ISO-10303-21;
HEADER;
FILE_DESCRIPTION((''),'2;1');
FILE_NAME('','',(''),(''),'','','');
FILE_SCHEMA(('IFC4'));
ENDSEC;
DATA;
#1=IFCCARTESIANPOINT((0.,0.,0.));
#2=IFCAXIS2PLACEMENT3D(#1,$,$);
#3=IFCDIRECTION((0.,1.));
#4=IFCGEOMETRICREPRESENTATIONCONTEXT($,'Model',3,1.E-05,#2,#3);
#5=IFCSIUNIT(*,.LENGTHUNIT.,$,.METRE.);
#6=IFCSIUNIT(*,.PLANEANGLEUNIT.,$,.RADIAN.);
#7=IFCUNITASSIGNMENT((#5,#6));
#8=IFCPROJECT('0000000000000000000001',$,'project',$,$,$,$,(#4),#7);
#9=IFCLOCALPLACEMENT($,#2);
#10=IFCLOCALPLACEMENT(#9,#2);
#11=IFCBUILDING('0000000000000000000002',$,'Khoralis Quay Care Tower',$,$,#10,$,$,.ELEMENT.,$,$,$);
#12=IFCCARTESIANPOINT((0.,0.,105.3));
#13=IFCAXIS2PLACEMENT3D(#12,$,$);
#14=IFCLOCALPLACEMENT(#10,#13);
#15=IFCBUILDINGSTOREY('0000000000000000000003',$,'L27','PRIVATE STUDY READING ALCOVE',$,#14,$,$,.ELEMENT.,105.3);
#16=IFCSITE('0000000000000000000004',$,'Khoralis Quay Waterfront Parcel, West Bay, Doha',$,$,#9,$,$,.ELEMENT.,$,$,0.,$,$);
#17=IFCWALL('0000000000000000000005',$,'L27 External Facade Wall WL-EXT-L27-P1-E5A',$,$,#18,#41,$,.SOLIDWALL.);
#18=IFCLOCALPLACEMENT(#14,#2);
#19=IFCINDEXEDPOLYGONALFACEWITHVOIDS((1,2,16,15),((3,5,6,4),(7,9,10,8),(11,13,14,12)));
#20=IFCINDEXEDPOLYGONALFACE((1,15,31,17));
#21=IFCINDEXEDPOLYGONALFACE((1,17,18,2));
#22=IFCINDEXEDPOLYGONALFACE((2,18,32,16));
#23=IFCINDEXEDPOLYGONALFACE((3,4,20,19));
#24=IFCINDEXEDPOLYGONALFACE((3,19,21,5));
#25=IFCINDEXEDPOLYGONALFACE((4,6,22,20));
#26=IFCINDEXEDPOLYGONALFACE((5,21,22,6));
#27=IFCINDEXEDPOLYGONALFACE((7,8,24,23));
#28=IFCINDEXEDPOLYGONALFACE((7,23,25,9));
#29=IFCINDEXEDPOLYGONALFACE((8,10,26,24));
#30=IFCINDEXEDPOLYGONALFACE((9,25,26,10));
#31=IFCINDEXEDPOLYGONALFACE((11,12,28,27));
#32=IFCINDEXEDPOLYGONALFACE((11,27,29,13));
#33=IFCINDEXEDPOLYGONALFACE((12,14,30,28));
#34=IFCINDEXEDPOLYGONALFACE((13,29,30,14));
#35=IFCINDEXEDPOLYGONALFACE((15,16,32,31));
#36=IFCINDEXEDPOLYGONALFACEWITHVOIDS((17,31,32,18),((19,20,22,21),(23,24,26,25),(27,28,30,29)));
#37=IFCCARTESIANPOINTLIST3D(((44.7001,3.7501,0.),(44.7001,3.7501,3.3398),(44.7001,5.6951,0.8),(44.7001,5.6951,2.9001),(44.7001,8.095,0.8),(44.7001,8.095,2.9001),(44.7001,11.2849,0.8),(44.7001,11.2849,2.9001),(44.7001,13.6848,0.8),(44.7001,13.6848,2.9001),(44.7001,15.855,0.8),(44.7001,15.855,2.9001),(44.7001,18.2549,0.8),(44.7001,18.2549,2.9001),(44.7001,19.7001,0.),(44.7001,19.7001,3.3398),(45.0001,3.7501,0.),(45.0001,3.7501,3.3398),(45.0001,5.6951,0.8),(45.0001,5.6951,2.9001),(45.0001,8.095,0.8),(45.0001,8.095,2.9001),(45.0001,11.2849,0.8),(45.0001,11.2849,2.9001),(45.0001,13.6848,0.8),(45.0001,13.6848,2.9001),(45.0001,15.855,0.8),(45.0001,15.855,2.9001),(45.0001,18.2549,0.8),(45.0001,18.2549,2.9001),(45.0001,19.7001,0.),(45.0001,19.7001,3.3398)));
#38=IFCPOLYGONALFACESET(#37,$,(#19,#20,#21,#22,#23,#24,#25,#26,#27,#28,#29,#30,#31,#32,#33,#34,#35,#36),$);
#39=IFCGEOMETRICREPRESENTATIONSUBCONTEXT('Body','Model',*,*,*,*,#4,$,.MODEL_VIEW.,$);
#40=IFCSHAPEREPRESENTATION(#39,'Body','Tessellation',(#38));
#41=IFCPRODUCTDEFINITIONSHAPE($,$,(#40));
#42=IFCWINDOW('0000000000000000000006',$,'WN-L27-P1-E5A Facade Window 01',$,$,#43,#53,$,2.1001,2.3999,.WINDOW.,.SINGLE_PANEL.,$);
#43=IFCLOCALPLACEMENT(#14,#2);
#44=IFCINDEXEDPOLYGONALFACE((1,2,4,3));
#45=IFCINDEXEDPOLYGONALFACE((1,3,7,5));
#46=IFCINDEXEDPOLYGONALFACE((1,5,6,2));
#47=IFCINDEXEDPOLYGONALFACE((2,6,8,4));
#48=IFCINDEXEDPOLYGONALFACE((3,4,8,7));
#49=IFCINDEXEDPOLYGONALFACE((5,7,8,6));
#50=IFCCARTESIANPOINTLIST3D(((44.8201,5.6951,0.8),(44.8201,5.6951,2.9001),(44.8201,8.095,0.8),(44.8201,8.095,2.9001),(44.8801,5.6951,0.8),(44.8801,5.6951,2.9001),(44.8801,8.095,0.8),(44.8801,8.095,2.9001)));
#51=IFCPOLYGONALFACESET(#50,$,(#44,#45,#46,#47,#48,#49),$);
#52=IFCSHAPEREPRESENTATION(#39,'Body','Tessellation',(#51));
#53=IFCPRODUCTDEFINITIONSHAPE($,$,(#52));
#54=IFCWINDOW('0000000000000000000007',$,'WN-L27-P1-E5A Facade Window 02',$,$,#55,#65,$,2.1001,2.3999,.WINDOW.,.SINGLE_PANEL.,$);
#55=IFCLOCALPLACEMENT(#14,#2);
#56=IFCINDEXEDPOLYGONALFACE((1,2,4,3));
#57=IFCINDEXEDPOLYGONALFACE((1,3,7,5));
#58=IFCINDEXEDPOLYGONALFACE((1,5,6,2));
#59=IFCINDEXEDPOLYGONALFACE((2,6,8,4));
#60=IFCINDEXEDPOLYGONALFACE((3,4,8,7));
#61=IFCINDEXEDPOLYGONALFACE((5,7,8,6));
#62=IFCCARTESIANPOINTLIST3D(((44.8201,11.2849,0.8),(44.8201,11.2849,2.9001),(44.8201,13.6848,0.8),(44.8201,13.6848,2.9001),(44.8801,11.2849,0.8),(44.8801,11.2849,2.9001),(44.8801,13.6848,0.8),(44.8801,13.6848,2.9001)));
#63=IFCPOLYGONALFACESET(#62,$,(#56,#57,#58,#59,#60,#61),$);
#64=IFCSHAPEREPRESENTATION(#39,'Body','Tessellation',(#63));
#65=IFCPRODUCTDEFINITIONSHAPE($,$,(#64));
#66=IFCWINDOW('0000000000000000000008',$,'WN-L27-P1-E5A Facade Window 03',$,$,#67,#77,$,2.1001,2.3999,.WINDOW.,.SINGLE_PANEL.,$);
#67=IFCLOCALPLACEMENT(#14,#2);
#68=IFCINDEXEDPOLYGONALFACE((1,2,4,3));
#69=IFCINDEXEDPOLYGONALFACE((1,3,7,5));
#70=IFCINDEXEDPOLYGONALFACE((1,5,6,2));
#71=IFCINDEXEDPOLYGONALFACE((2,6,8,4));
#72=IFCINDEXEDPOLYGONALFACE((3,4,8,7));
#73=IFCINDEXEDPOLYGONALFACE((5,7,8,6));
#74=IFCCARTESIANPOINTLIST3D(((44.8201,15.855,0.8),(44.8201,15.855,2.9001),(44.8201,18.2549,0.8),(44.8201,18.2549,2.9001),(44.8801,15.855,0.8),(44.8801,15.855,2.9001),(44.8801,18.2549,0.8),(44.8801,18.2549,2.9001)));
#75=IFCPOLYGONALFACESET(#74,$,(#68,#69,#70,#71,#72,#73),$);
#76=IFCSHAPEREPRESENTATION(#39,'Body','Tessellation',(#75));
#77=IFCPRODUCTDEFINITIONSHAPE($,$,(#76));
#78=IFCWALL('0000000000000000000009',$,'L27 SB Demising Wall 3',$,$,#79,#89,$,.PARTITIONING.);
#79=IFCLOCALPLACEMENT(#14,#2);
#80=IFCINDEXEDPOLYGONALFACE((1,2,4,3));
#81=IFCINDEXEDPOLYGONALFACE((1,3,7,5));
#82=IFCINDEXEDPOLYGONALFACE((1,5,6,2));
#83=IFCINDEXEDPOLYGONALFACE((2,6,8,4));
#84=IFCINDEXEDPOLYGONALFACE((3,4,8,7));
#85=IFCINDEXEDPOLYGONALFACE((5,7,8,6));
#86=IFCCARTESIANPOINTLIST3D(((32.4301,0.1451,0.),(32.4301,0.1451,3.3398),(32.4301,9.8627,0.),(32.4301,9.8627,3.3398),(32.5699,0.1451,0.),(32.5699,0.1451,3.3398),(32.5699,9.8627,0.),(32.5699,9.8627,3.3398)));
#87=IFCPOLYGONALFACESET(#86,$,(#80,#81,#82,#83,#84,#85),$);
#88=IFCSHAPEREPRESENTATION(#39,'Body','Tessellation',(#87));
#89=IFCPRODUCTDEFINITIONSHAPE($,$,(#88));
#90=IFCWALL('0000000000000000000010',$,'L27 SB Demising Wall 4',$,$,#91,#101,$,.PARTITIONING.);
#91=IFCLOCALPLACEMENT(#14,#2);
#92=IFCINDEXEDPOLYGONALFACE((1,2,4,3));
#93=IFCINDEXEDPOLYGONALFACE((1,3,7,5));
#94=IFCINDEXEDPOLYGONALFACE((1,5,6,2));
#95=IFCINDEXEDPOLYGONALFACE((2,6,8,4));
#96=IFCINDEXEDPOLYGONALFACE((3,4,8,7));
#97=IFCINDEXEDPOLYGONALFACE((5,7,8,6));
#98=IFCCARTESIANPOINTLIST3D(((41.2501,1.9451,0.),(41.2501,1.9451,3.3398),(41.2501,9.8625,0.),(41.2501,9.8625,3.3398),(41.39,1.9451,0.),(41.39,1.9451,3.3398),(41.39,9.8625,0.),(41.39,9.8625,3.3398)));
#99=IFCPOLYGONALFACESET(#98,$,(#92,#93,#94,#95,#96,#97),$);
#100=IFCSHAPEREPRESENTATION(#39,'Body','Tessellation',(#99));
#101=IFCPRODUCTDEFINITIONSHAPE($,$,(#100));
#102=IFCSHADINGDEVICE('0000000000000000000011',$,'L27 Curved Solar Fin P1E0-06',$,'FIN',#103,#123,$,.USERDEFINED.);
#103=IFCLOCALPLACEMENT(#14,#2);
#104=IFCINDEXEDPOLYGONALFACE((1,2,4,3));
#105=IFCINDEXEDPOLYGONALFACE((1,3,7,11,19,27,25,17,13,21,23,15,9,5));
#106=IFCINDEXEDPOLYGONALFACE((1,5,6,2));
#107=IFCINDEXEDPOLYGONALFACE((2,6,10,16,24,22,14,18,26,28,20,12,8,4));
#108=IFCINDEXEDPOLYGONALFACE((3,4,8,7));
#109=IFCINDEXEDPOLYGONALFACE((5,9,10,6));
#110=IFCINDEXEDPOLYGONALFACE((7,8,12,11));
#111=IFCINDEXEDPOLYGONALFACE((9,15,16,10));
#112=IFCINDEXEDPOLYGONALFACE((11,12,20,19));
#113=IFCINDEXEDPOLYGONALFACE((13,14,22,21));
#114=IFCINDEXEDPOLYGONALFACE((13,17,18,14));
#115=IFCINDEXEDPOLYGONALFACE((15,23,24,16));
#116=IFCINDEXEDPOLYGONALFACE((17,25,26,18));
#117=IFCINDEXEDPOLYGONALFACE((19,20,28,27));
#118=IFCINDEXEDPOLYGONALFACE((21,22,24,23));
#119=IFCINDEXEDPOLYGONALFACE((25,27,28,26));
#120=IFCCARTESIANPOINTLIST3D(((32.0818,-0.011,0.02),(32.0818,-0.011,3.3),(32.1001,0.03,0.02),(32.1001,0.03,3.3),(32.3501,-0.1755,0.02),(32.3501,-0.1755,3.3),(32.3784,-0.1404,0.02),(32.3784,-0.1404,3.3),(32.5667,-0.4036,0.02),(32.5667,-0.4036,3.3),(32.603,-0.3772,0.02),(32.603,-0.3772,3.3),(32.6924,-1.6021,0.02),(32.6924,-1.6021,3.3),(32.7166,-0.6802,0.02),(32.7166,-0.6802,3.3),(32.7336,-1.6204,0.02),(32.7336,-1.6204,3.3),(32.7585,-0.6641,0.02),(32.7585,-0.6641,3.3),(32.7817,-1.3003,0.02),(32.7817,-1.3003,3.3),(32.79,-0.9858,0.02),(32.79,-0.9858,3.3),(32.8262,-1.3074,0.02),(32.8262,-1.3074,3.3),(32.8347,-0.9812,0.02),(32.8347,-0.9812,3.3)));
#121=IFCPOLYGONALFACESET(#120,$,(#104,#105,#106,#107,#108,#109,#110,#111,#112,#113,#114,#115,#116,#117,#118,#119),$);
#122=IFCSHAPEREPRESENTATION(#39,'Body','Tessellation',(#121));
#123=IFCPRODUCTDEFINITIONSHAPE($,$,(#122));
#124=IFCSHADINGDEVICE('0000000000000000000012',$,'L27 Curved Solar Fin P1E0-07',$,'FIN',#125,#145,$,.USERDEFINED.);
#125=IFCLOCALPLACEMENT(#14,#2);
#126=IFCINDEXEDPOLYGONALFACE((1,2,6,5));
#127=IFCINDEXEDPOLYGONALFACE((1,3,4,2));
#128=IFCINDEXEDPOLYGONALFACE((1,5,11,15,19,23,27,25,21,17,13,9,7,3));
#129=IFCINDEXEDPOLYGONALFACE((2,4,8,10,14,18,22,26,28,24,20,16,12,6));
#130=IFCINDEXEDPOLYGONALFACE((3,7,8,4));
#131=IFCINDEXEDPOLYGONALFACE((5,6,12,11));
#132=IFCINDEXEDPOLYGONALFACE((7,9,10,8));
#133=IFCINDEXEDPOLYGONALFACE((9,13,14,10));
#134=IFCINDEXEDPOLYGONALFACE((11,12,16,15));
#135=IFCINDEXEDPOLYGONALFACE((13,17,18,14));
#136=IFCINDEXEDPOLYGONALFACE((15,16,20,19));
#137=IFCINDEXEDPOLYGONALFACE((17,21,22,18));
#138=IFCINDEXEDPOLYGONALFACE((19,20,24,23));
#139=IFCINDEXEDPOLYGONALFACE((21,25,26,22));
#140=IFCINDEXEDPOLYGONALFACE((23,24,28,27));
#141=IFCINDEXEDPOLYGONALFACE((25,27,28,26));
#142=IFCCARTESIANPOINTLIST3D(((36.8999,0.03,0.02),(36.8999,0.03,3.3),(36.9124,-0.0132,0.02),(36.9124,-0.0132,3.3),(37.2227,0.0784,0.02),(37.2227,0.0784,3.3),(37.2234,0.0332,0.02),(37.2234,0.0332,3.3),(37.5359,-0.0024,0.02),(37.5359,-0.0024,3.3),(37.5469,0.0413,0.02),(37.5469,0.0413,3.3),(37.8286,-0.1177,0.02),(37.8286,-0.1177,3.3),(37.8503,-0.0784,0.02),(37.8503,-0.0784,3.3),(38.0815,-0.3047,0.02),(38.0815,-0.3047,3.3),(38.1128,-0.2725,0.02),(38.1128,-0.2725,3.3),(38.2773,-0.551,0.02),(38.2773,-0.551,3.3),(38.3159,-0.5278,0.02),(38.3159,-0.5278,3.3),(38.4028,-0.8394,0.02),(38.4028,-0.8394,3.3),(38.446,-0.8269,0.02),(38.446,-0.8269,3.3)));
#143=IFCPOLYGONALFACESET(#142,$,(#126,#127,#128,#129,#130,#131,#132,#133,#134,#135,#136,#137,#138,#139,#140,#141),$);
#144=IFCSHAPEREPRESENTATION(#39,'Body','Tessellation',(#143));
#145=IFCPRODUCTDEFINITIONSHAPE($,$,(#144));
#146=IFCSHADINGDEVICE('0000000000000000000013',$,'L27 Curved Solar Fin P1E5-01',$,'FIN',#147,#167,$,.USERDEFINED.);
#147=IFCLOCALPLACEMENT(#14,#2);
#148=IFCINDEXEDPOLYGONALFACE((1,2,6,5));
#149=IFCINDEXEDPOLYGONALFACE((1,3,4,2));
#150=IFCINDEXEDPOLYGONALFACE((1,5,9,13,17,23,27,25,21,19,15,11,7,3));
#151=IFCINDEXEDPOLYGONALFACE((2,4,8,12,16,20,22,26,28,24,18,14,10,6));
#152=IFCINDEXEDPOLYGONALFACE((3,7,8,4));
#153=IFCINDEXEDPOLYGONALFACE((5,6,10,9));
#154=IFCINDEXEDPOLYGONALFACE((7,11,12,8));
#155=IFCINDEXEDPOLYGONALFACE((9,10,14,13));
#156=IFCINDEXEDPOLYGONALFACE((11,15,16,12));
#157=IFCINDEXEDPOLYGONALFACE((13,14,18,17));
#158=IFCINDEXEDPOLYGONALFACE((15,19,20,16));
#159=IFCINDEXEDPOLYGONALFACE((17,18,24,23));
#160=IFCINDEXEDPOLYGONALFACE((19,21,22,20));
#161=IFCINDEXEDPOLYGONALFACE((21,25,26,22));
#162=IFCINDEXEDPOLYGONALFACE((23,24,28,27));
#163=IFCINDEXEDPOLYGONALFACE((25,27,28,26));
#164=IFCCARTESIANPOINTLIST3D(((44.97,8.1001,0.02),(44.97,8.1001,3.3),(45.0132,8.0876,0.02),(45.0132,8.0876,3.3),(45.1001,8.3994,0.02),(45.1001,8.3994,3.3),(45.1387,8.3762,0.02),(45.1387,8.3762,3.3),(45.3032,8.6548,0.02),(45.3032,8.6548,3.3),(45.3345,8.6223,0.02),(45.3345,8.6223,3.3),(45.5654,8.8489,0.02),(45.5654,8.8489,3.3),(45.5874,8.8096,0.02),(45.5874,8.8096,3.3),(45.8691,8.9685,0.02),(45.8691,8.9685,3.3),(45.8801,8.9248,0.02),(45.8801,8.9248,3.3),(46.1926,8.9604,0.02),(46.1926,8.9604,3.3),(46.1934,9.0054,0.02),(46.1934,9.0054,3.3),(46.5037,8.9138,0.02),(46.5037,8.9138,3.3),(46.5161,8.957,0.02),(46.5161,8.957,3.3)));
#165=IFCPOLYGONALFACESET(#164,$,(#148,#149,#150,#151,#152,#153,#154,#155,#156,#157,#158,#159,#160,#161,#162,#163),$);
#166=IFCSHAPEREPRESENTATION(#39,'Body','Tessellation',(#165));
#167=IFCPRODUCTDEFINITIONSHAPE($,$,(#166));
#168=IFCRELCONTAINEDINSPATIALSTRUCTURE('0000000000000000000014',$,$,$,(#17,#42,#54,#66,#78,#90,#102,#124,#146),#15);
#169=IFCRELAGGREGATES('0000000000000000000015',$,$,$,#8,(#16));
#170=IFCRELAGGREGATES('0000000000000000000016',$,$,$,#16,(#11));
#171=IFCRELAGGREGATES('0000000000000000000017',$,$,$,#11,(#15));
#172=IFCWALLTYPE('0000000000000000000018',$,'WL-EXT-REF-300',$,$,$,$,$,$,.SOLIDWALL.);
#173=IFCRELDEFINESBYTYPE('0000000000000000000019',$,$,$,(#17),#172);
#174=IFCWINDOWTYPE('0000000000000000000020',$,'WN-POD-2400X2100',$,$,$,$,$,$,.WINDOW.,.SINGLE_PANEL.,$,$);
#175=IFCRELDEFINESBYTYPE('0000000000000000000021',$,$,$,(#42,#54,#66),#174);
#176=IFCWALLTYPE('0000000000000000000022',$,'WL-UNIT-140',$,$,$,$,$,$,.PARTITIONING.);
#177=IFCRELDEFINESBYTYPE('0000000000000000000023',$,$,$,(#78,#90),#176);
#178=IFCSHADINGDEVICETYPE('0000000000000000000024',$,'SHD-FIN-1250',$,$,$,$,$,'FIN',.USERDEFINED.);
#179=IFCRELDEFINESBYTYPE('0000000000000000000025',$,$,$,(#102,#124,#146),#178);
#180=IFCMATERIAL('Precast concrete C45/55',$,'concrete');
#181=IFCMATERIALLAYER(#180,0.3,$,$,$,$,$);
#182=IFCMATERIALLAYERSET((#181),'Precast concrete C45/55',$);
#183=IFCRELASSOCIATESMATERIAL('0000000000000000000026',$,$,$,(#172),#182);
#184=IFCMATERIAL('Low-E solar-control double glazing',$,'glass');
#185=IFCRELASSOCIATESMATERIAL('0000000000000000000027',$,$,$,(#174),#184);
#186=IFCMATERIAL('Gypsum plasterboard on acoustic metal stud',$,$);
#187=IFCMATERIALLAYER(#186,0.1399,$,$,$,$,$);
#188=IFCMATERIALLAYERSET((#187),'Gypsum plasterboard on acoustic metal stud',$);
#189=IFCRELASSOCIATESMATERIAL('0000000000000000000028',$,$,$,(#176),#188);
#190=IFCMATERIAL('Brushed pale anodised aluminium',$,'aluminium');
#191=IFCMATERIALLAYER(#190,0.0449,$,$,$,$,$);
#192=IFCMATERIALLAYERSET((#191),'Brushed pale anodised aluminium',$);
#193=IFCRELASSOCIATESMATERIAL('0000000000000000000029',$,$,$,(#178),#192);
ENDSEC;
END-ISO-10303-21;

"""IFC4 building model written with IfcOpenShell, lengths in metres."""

from ifc_helpers import new_model, si_unit, direction, frame, frame_2d, origin, place, context, subcontext, project, spatial, polyline, rectangle, outline, extrude, source, transform, mapped, material, layer, layer_set, type_object, element, fill, save


model = new_model("IFC4")

# Units and contexts
model_context = context("Model", 3, precision=1e-05, world=origin(), true_north=direction((0.0, 1.0)))
body_context = subcontext(model_context, "Body", "Model", "MODEL_VIEW")
ifc_project = project(units=[si_unit("LENGTHUNIT", "METRE"), si_unit("PLANEANGLEUNIT", "RADIAN")], contexts=[model_context])

# Site, building, storey
site_placement = place(None, origin())
site = spatial("IfcSite", under=ifc_project, at=site_placement, Name="Khoralis Quay Waterfront Parcel, West Bay, Doha", CompositionType="ELEMENT", RefElevation=0.0)
building_placement = place(site_placement, origin())
building = spatial("IfcBuilding", under=site, at=building_placement, Name="Khoralis Quay Care Tower", CompositionType="ELEMENT")
storey_placement = place(building_placement, frame((0.0, 0.0, 105.3)))
storey = spatial("IfcBuildingStorey", under=building, at=storey_placement, Name="L27", Description="PRIVATE STUDY READING ALCOVE", CompositionType="ELEMENT", Elevation=105.3)

# Shared definitions
ifc_material_1 = material(Name="Gypsum plasterboard on acoustic metal stud")

# Shared definitions
ifc_material_2 = material(Name="Precast concrete C45/55", Category="concrete")
ifc_layer_1 = layer(ifc_material_2, 0.3)
ifc_layer_set_1 = layer_set([ifc_layer_1], Name="Precast concrete C45/55")
wall_type_1 = type_object("IfcWallType", Name="WL-EXT-REF-300", PredefinedType="SOLIDWALL", material=ifc_layer_set_1)

# Wall, openings, windows
wall_1_placement = place(storey_placement, frame((44.8501, 3.75, 0.0), z_axis=(0.0, 0.0, 1.0), x_axis=(0.0, 1.0, 0.0)))
wall_1 = element("IfcWall", 1, at=wall_1_placement, inside=storey, type_object=wall_type_1, Name="L27 External Facade Wall WL-EXT-L27-P1-E5A", PredefinedType="SOLIDWALL", context=body_context, shape_type="SweptSolid", body=[
    extrude(rectangle(XDim=15.95, YDim=0.3, at=frame_2d((7.9751, 0.0))), origin(), (0.0, 0.0, 1.0), 3.3398),
])
opening_1_placement = place(wall_1_placement, frame((1.9451, 0.0, 0.8)))
opening_1 = element("IfcOpeningElement", 2, at=opening_1_placement, cuts=wall_1, PredefinedType="OPENING", context=body_context, shape_type="SweptSolid", body=[
    extrude(rectangle(XDim=2.3999, YDim=2.1001, at=frame_2d((1.2, 1.05))), frame((0.0, 0.1602, 0.0), z_axis=(0.0, -1.0, 0.0), x_axis=(1.0, 0.0, 0.0)), (0.0, 0.0, 1.0), 0.3201),
])
opening_2_placement = place(wall_1_placement, frame((7.5349, 0.0, 0.8)))
opening_2 = element("IfcOpeningElement", 3, at=opening_2_placement, cuts=wall_1, PredefinedType="OPENING", context=body_context, shape_type="SweptSolid", body=[
    extrude(rectangle(XDim=2.3999, YDim=2.1001, at=frame_2d((1.2, 1.05))), frame((0.0, 0.1602, 0.0), z_axis=(0.0, -1.0, 0.0), x_axis=(1.0, 0.0, 0.0)), (0.0, 0.0, 1.0), 0.3201),
])
opening_3_placement = place(wall_1_placement, frame((12.105, 0.0, 0.8)))
opening_3 = element("IfcOpeningElement", 4, at=opening_3_placement, cuts=wall_1, PredefinedType="OPENING", context=body_context, shape_type="SweptSolid", body=[
    extrude(rectangle(XDim=2.3999, YDim=2.1001, at=frame_2d((1.2, 1.05))), frame((0.0, 0.1602, 0.0), z_axis=(0.0, -1.0, 0.0), x_axis=(1.0, 0.0, 0.0)), (0.0, 0.0, 1.0), 0.3201),
])
ifc_material_3 = material(Name="Low-E solar-control double glazing", Category="glass")
window_type = type_object("IfcWindowType", Name="WN-POD-2400X2100", PartitioningType="SINGLE_PANEL", PredefinedType="WINDOW", material=ifc_material_3)
shared_shape_1 = source(origin(), body_context, "Body", "SweptSolid", [
    extrude(rectangle(XDim=2.3999, YDim=2.1001, at=frame_2d((1.2, 1.05))), frame((0.0, 0.03, 0.0), z_axis=(0.0, -1.0, 0.0), x_axis=(1.0, 0.0, 0.0)), (0.0, 0.0, 1.0), 0.0601),
])
window_1_placement = place(opening_1_placement, origin())
window_1 = element("IfcWindow", 5, at=window_1_placement, inside=storey, type_object=window_type, Name="WN-L27-P1-E5A Facade Window 01", OverallHeight=2.1001, OverallWidth=2.3999, PartitioningType="SINGLE_PANEL", PredefinedType="WINDOW", context=body_context, shape_type="MappedRepresentation", body=[
    mapped(shared_shape_1, transform((0.0, 0.0, 0.0), scale=1.0)),
])
fill(opening_1, window_1)
window_2_placement = place(opening_2_placement, origin())
window_2 = element("IfcWindow", 6, at=window_2_placement, inside=storey, type_object=window_type, Name="WN-L27-P1-E5A Facade Window 02", OverallHeight=2.1001, OverallWidth=2.3999, PartitioningType="SINGLE_PANEL", PredefinedType="WINDOW", context=body_context, shape_type="MappedRepresentation", body=[
    mapped(shared_shape_1, transform((0.0, 0.0, 0.0), scale=1.0)),
])
fill(opening_2, window_2)
window_3_placement = place(opening_3_placement, origin())
window_3 = element("IfcWindow", 7, at=window_3_placement, inside=storey, type_object=window_type, Name="WN-L27-P1-E5A Facade Window 03", OverallHeight=2.1001, OverallWidth=2.3999, PartitioningType="SINGLE_PANEL", PredefinedType="WINDOW", context=body_context, shape_type="MappedRepresentation", body=[
    mapped(shared_shape_1, transform((0.0, 0.0, 0.0), scale=1.0)),
])
fill(opening_3, window_3)

# Walls
ifc_layer_2 = layer(ifc_material_1, 0.1399)
ifc_layer_set_2 = layer_set([ifc_layer_2], Name="Gypsum plasterboard on acoustic metal stud")
wall_type_2 = type_object("IfcWallType", Name="WL-UNIT-140", PredefinedType="PARTITIONING", material=ifc_layer_set_2)
wall_2_placement = place(storey_placement, frame((32.5, 0.145, 0.0), z_axis=(0.0, 0.0, 1.0), x_axis=(0.0, 1.0, 0.0)))
element("IfcWall", 8, at=wall_2_placement, inside=storey, type_object=wall_type_2, Name="L27 SB Demising Wall 3", PredefinedType="PARTITIONING", context=body_context, shape_type="SweptSolid", body=[
    extrude(rectangle(XDim=9.7175, YDim=0.1399, at=frame_2d((4.8589, 0.0))), origin(), (0.0, 0.0, 1.0), 3.3398),
])
wall_3_placement = place(storey_placement, frame((41.3201, 1.9451, 0.0), z_axis=(0.0, 0.0, 1.0), x_axis=(0.0, 1.0, 0.0)))
element("IfcWall", 9, at=wall_3_placement, inside=storey, type_object=wall_type_2, Name="L27 SB Demising Wall 4", PredefinedType="PARTITIONING", context=body_context, shape_type="SweptSolid", body=[
    extrude(rectangle(XDim=7.9175, YDim=0.1399, at=frame_2d((3.9587, 0.0))), origin(), (0.0, 0.0, 1.0), 3.3398),
])

# Shading devices
ifc_material_4 = material(Name="Brushed pale anodised aluminium", Category="aluminium")
ifc_layer_3 = layer(ifc_material_4, 0.0449)
ifc_layer_set_3 = layer_set([ifc_layer_3], Name="Brushed pale anodised aluminium")
shading_device_type = type_object("IfcShadingDeviceType", Name="SHD-FIN-1250", ElementType="FIN", PredefinedType="USERDEFINED", material=ifc_layer_set_3)
shared_shape_2 = source(origin(), body_context, "Body", "SweptSolid", [
    extrude(outline(polyline([(0.0, 0.0), (0.1704, 0.2783), (0.4072, 0.5029), (0.6941, 0.6584), (1.0112, 0.7346), (1.3374, 0.7261), (1.6504, 0.6335), (1.6321, 0.5923), (1.3303, 0.6816), (1.0159, 0.6899), (0.7102, 0.6165), (0.4336, 0.4666), (0.2056, 0.25), (0.041, -0.0183), (0.0, 0.0)])), origin(), (0.0, 0.0, 1.0), 3.28),
])
shading_device_1_placement = place(storey_placement, frame((32.1001, 0.03, 0.02), z_axis=(0.0, 0.0, 1.0), x_axis=(0.0, -1.0, 0.0)))
element("IfcShadingDevice", 10, at=shading_device_1_placement, inside=storey, type_object=shading_device_type, Name="L27 Curved Solar Fin P1E0-06", ObjectType="FIN", PredefinedType="USERDEFINED", context=body_context, shape_type="MappedRepresentation", body=[
    mapped(shared_shape_2, transform((0.0, 0.0, 0.0), scale=1.0)),
])
shared_shape_3 = source(origin(), body_context, "Body", "SweptSolid", [
    extrude(outline(polyline([(0.0, 0.0), (-0.0483, 0.3228), (-0.0112, 0.647), (0.1084, 0.9504), (0.3025, 1.2129), (0.5579, 1.416), (0.8569, 1.5461), (0.8694, 1.5029), (0.5811, 1.3774), (0.3347, 1.1816), (0.1477, 0.9287), (0.0325, 0.636), (-0.0032, 0.3235), (0.0432, 0.0125), (0.0, 0.0)])), origin(), (0.0, 0.0, 1.0), 3.28),
])
shading_device_2_placement = place(storey_placement, frame((36.8999, 0.03, 0.02), z_axis=(0.0, 0.0, 1.0), x_axis=(0.0, -1.0, 0.0)))
element("IfcShadingDevice", 11, at=shading_device_2_placement, inside=storey, type_object=shading_device_type, Name="L27 Curved Solar Fin P1E0-07", ObjectType="FIN", PredefinedType="USERDEFINED", context=body_context, shape_type="MappedRepresentation", body=[
    mapped(shared_shape_3, transform((0.0, 0.0, 0.0), scale=1.0)),
])
shared_shape_4 = source(origin(), body_context, "Body", "SweptSolid", [
    extrude(outline(polyline([(0.0, 0.0), (0.1301, 0.2993), (0.3333, 0.5547), (0.5955, 0.7488), (0.8992, 0.8684), (1.2234, 0.9053), (1.5461, 0.8569), (1.5337, 0.8137), (1.2227, 0.8604), (0.9102, 0.8247), (0.6174, 0.7095), (0.3645, 0.5222), (0.1687, 0.2761), (0.0432, -0.0125), (0.0, 0.0)])), origin(), (0.0, 0.0, 1.0), 3.28),
])
for number, where, z_axis, x_axis, name in (
    (12, (44.97, 8.1001, 0.02), (0.0, 0.0, 1.0), (1.0, 0.0, 0.0), "L27 Curved Solar Fin P1E5-01"),
):
    element("IfcShadingDevice", number, at=place(storey_placement, frame(where, z_axis=z_axis, x_axis=x_axis)), inside=storey, type_object=shading_device_type, Name=name, ObjectType="FIN", PredefinedType="USERDEFINED", context=body_context, shape_type="MappedRepresentation", body=[
        mapped(shared_shape_4, transform((0.0, 0.0, 0.0), scale=1.0)),
    ])

save(model, "model.ifc")
